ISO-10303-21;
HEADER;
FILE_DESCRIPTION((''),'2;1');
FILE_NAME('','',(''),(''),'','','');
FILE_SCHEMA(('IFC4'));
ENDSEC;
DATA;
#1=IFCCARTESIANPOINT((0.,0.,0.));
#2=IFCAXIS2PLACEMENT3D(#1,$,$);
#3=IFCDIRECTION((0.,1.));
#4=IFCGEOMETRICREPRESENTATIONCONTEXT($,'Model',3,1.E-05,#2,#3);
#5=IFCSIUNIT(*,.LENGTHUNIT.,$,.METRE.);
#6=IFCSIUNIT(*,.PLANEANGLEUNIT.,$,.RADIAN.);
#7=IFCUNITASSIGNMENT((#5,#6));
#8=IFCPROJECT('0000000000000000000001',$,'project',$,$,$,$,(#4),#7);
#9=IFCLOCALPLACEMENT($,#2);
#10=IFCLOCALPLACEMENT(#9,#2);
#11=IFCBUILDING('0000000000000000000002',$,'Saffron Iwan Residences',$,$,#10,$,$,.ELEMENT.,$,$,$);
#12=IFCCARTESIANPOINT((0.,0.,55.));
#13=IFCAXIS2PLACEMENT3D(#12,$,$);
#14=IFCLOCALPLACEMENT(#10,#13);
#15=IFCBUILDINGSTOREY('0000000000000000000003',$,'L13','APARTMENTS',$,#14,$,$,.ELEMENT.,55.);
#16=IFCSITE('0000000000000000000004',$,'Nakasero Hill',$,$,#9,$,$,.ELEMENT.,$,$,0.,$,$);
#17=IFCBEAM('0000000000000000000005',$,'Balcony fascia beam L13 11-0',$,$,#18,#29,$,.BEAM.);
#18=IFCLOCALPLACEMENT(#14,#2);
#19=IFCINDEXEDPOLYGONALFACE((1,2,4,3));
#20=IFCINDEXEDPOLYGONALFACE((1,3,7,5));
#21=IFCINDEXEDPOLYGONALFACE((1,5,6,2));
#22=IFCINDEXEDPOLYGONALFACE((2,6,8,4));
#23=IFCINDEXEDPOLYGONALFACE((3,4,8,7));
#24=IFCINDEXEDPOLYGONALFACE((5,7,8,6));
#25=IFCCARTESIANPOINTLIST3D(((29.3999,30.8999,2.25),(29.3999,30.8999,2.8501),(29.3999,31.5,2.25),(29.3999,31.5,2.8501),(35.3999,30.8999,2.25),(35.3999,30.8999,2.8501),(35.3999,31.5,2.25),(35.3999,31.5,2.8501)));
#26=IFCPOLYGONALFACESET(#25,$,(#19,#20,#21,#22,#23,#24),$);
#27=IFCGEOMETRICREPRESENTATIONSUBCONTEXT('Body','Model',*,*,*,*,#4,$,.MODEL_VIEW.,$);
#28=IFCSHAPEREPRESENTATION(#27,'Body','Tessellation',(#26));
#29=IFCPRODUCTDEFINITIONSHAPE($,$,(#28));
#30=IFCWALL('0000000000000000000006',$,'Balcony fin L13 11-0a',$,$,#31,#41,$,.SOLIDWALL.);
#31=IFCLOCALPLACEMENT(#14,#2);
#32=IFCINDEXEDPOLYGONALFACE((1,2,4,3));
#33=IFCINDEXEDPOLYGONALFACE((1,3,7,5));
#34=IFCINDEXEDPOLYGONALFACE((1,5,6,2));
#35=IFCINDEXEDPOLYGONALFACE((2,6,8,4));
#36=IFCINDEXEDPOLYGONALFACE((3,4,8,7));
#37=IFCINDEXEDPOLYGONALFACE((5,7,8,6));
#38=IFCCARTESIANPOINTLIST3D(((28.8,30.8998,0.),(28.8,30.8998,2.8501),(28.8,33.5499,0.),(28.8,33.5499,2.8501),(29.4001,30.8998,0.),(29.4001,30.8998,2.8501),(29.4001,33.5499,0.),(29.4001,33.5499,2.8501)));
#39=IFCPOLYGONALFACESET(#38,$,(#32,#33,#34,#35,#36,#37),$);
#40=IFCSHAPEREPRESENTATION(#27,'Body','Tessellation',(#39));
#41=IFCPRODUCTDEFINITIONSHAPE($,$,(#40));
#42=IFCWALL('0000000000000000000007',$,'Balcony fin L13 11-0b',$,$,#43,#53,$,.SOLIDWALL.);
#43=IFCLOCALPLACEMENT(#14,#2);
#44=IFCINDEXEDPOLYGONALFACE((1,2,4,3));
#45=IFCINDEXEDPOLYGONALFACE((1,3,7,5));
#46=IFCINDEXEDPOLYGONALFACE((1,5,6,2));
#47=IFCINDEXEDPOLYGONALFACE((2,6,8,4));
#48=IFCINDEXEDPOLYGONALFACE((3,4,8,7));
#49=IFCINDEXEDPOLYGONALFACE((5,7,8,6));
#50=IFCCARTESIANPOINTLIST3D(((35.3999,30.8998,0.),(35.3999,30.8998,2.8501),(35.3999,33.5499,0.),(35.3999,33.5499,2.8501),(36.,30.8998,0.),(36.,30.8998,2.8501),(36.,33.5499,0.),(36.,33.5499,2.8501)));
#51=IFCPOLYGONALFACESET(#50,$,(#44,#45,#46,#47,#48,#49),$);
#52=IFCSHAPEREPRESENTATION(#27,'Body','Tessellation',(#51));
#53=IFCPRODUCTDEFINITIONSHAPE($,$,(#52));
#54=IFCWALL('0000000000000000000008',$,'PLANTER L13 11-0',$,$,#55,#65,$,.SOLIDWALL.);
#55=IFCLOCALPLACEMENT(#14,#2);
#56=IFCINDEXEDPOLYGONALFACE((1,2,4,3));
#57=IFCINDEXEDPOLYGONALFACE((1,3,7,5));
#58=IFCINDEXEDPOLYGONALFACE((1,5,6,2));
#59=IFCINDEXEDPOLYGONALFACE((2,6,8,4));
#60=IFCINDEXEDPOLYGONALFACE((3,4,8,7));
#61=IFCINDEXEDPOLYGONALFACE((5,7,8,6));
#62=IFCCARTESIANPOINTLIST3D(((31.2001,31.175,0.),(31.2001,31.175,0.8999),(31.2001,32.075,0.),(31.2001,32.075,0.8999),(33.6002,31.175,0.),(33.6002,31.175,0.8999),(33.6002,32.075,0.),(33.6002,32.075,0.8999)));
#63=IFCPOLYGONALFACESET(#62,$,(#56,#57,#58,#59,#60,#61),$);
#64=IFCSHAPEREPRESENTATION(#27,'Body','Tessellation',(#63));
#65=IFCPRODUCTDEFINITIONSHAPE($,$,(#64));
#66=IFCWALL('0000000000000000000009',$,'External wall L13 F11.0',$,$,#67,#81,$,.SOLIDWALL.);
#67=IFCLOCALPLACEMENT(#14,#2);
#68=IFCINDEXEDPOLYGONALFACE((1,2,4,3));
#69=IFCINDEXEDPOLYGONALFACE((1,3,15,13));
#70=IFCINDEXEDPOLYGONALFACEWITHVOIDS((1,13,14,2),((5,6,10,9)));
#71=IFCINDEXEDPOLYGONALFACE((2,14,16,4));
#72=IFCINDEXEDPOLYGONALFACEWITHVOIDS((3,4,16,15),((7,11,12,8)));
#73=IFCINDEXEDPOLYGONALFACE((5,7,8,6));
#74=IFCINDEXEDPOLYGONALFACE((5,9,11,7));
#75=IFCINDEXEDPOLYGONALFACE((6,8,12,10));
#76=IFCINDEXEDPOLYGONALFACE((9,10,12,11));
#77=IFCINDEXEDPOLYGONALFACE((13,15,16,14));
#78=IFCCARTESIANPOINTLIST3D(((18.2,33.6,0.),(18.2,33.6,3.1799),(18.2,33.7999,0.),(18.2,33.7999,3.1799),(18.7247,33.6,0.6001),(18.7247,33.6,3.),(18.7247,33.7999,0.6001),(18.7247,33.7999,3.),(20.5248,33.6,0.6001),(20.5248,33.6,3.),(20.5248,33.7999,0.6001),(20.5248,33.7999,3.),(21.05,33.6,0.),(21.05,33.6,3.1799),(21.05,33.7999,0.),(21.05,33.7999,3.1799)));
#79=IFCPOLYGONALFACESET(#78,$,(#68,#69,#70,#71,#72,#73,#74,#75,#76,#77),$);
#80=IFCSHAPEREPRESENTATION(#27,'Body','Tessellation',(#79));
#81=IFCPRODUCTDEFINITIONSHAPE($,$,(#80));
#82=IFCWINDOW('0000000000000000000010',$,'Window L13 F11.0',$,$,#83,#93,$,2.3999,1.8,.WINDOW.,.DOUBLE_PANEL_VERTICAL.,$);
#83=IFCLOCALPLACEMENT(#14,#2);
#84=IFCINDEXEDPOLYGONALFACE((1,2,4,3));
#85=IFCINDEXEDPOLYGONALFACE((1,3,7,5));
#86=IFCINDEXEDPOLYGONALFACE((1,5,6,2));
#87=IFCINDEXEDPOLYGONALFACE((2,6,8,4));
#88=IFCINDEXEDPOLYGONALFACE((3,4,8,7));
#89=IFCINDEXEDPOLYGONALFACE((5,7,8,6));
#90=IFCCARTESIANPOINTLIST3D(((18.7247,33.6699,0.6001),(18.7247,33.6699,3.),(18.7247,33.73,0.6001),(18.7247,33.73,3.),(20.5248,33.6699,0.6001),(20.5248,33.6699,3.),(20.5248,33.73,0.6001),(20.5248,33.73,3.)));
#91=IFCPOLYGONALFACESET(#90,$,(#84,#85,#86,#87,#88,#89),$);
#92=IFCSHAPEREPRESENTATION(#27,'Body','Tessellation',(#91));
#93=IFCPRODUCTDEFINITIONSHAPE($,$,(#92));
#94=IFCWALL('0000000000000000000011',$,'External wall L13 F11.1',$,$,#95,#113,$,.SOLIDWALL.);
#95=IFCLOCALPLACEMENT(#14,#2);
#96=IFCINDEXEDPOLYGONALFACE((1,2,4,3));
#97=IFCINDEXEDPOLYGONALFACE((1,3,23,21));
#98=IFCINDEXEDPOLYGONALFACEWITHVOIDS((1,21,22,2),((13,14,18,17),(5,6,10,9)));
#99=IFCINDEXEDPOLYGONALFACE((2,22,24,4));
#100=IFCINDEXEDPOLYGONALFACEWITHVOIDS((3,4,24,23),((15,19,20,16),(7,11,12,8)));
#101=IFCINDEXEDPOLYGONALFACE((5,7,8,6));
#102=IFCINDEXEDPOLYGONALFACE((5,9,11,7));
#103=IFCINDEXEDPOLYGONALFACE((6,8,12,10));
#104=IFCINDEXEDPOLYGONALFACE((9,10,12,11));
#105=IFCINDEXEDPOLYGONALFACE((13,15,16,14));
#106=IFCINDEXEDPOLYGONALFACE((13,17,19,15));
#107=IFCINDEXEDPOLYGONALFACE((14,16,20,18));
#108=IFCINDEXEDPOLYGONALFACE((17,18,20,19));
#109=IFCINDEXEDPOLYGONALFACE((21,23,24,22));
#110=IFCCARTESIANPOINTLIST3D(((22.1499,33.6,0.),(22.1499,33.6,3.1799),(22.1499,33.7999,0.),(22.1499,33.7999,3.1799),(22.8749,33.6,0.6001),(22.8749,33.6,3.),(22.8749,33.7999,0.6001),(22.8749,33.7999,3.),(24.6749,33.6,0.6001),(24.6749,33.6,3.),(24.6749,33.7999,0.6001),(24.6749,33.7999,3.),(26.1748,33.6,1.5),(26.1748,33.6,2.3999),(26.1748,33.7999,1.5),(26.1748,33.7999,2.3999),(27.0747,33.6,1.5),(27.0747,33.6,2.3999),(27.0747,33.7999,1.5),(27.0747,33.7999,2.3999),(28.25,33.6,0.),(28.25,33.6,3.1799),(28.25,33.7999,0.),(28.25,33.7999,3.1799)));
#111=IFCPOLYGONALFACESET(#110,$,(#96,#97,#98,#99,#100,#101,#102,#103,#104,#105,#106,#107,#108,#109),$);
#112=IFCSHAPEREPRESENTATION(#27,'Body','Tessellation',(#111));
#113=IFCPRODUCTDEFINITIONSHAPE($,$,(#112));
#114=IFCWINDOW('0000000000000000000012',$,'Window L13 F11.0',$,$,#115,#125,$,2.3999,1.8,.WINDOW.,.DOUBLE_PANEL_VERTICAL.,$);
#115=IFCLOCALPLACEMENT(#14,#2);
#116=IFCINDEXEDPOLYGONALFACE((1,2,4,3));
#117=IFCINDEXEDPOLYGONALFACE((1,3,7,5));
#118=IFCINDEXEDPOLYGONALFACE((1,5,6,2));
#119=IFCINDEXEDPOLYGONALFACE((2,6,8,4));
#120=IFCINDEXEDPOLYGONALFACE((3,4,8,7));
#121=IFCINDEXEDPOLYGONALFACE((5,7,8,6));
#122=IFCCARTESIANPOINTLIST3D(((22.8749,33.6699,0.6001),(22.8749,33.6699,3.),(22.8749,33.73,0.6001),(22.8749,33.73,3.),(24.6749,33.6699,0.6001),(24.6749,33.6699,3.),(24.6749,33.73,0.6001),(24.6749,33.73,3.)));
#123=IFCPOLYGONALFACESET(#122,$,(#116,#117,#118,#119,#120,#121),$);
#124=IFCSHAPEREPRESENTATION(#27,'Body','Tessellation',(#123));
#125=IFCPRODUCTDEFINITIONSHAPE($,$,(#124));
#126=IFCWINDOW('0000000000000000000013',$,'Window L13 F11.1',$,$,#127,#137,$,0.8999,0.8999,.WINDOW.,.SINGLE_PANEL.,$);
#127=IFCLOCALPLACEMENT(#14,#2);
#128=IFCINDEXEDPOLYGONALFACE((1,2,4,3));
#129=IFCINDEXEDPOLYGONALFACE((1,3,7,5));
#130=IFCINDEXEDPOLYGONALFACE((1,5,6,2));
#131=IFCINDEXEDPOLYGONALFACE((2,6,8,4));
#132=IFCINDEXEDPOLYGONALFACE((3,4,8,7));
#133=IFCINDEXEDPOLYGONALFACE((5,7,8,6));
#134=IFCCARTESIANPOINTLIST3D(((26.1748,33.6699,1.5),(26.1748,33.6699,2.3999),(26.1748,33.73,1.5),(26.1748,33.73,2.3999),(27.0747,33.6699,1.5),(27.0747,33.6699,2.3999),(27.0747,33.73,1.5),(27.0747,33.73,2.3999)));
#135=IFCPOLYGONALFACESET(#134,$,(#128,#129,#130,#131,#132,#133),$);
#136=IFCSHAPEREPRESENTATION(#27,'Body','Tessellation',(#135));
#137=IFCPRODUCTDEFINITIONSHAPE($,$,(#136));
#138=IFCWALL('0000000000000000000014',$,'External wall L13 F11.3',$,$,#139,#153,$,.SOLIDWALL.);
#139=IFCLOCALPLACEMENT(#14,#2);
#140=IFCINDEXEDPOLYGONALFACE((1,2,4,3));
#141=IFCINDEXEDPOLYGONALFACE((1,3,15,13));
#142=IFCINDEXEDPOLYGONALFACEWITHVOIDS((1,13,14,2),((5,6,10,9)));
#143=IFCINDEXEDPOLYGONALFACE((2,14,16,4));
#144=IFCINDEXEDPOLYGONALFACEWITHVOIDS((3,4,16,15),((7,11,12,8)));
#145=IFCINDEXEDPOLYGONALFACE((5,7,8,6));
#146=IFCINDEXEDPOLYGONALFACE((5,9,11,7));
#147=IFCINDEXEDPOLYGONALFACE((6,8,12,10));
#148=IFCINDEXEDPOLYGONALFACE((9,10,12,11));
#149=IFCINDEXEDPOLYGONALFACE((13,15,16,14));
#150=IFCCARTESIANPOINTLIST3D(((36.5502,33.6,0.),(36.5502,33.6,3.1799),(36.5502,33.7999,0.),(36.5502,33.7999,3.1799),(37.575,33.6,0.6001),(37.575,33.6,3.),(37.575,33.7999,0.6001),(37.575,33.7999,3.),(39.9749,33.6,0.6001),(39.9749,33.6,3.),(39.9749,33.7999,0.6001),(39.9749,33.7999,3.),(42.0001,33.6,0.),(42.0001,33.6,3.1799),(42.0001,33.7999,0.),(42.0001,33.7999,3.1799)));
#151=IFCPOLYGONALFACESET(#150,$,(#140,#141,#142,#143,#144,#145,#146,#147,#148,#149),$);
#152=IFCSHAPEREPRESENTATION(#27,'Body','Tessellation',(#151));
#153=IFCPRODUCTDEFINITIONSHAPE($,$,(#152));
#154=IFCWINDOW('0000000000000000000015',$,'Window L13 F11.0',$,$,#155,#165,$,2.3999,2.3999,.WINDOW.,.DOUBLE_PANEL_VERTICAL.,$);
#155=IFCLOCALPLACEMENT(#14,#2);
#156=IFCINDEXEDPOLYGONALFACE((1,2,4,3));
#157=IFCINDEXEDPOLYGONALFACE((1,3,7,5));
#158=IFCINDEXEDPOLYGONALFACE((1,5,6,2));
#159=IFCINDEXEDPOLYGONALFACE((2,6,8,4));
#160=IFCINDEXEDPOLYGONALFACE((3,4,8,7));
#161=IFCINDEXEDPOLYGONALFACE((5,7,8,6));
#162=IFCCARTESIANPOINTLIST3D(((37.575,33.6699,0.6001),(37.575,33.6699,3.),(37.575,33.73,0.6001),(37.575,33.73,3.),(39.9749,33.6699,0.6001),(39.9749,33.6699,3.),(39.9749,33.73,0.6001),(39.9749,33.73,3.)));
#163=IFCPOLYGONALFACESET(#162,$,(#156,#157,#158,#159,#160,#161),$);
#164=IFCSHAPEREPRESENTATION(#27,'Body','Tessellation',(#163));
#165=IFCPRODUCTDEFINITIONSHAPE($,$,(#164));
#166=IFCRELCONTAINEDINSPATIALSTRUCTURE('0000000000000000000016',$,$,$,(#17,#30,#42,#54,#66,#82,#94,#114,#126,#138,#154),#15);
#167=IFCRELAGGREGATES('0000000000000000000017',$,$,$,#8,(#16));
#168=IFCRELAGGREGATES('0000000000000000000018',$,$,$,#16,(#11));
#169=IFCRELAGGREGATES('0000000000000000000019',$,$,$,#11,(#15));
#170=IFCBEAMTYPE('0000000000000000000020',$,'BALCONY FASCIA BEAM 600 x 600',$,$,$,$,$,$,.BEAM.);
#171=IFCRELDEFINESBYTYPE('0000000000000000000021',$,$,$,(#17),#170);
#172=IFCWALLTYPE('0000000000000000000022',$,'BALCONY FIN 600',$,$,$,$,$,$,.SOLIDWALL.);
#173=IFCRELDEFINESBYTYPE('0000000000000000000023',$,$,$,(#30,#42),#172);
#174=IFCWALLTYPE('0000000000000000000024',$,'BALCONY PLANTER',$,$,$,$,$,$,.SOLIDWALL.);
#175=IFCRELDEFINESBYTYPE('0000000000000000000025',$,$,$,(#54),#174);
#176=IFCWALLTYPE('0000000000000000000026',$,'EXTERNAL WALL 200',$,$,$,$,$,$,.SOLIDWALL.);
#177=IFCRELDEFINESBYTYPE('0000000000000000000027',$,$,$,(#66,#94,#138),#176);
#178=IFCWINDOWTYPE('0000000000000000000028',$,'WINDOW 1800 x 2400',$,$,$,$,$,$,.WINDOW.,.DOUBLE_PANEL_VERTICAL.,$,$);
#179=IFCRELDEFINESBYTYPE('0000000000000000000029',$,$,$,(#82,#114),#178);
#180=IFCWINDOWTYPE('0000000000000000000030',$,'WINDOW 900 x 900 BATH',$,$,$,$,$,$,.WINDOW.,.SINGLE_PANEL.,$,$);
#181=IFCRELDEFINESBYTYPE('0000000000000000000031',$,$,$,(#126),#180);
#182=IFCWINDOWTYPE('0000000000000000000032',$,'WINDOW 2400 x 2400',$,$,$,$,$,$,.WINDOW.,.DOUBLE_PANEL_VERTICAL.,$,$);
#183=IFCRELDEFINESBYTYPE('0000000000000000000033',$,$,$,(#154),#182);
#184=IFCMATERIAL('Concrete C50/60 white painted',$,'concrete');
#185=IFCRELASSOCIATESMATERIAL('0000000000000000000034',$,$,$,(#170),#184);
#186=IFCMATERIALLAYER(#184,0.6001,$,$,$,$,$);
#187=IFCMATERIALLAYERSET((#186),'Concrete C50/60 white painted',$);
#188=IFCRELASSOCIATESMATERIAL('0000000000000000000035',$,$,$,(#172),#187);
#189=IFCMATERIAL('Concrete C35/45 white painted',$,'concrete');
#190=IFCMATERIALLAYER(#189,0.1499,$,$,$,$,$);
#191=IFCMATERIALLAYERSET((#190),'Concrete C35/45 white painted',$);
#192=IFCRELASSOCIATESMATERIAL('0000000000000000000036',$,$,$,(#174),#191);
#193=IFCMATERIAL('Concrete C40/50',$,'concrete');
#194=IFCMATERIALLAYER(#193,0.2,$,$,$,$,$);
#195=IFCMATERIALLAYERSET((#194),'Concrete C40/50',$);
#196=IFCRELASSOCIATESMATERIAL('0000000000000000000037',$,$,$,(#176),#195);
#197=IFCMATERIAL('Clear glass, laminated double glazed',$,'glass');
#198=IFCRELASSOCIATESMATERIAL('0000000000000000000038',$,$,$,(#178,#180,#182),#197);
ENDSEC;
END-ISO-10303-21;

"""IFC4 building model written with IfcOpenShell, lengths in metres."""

from ifc_helpers import new_model, si_unit, direction, frame, frame_2d, origin, origin_2d, place, context, subcontext, project, spatial, rectangle, extrude, source, transform, mapped, material, layer, layer_set, material_profile, profile_set, type_object, element, fill, save


model = new_model("IFC4")

# Units and contexts
model_context = context("Model", 3, precision=1e-05, world=origin(), true_north=direction((0.0, 1.0)))
body_context = subcontext(model_context, "Body", "Model", "MODEL_VIEW")
ifc_project = project(units=[si_unit("LENGTHUNIT", "METRE"), si_unit("PLANEANGLEUNIT", "RADIAN")], contexts=[model_context])

# Site, building, storey
site_placement = place(None, origin())
site = spatial("IfcSite", under=ifc_project, at=site_placement, Name="Nakasero Hill", CompositionType="ELEMENT", RefElevation=0.0)
building_placement = place(site_placement, origin())
building = spatial("IfcBuilding", under=site, at=building_placement, Name="Saffron Iwan Residences", CompositionType="ELEMENT")
storey_placement = place(building_placement, frame((0.0, 0.0, 55.0)))
storey = spatial("IfcBuildingStorey", under=building, at=storey_placement, Name="L13", Description="APARTMENTS", CompositionType="ELEMENT", Elevation=55.0)

# Beam
ifc_material_1 = material(Name="Concrete C50/60 white painted", Category="concrete")
ifc_material_profile = material_profile(ifc_material_1, rectangle(XDim=0.6001, YDim=0.6001, at=origin_2d()), Name="BALCONY FASCIA BEAM 600 x 600")
ifc_profile_set = profile_set([ifc_material_profile], Name="Concrete C50/60 white painted")
beam_type = type_object("IfcBeamType", Name="BALCONY FASCIA BEAM 600 x 600", PredefinedType="BEAM", material=ifc_profile_set)
shared_shape = source(origin(), body_context, "Body", "SweptSolid", [
    extrude(rectangle(XDim=0.6001, YDim=0.6001, at=origin_2d()), origin(), (0.0, 0.0, 1.0), 6.0),
])
beam_placement = place(storey_placement, frame((29.3999, 31.2, 2.55), z_axis=(1.0, 0.0, 0.0), x_axis=(0.0, 1.0, 0.0)))
element("IfcBeam", 1, at=beam_placement, inside=storey, type_object=beam_type, Name="Balcony fascia beam L13 11-0", PredefinedType="BEAM", context=body_context, shape_type="MappedRepresentation", body=[
    mapped(shared_shape, transform((0.0, 0.0, 0.0))),
])

# Walls
ifc_layer_1 = layer(ifc_material_1, 0.6001)
ifc_layer_set_1 = layer_set([ifc_layer_1], Name="Concrete C50/60 white painted")
wall_type_1 = type_object("IfcWallType", Name="BALCONY FIN 600", PredefinedType="SOLIDWALL", material=ifc_layer_set_1)
for number, where, z_axis, x_axis, name in (
    (2, (29.1001, 33.55, 0.0), (0.0, 0.0, 1.0), (0.0, -1.0, 0.0), "Balcony fin L13 11-0a"),
    (3, (35.7, 33.55, 0.0), (0.0, 0.0, 1.0), (0.0, -1.0, 0.0), "Balcony fin L13 11-0b"),
):
    element("IfcWall", number, at=place(storey_placement, frame(where, z_axis=z_axis, x_axis=x_axis)), inside=storey, type_object=wall_type_1, Name=name, PredefinedType="SOLIDWALL", context=body_context, shape_type="SweptSolid", body=[
        extrude(rectangle(XDim=2.6501, YDim=0.6001, at=frame_2d((1.3252, 0.0))), origin(), (0.0, 0.0, 1.0), 2.8501),
    ])
ifc_material_2 = material(Name="Concrete C35/45 white painted", Category="concrete")
ifc_layer_2 = layer(ifc_material_2, 0.1499)
ifc_layer_set_2 = layer_set([ifc_layer_2], Name="Concrete C35/45 white painted")
wall_type_2 = type_object("IfcWallType", Name="BALCONY PLANTER", PredefinedType="SOLIDWALL", material=ifc_layer_set_2)
wall_1_placement = place(storey_placement, frame((31.2, 31.625, 0.0), z_axis=(0.0, 0.0, 1.0), x_axis=(1.0, 0.0, 0.0)))
element("IfcWall", 4, at=wall_1_placement, inside=storey, type_object=wall_type_2, Name="PLANTER L13 11-0", PredefinedType="SOLIDWALL", context=body_context, shape_type="SweptSolid", body=[
    extrude(rectangle(XDim=2.4001, YDim=0.8999, at=frame_2d((1.2002, 0.0))), origin(), (0.0, 0.0, 1.0), 0.8999),
])

# Wall, opening, window
ifc_material_3 = material(Name="Concrete C40/50", Category="concrete")
ifc_layer_3 = layer(ifc_material_3, 0.2)
ifc_layer_set_3 = layer_set([ifc_layer_3], Name="Concrete C40/50")
wall_type_3 = type_object("IfcWallType", Name="EXTERNAL WALL 200", PredefinedType="SOLIDWALL", material=ifc_layer_set_3)
wall_2_placement = place(storey_placement, frame((18.2, 33.7, 0.0), z_axis=(0.0, 0.0, 1.0), x_axis=(1.0, 0.0, 0.0)))
wall_2 = element("IfcWall", 5, at=wall_2_placement, inside=storey, type_object=wall_type_3, Name="External wall L13 F11.0", PredefinedType="SOLIDWALL", context=body_context, shape_type="SweptSolid", body=[
    extrude(rectangle(XDim=2.8501, YDim=0.2, at=frame_2d((1.425, 0.0))), origin(), (0.0, 0.0, 1.0), 3.1799),
])
opening_1_placement = place(wall_2_placement, frame((0.5249, 0.0, 0.6001)))
opening_1 = element("IfcOpeningElement", 6, at=opening_1_placement, cuts=wall_2, PredefinedType="OPENING", context=body_context, shape_type="SweptSolid", body=[
    extrude(rectangle(XDim=1.8, YDim=2.3999, at=frame_2d((0.8999, 1.2))), frame((0.0, 0.1099, 0.0), z_axis=(0.0, -1.0, 0.0), x_axis=(1.0, 0.0, 0.0)), (0.0, 0.0, 1.0), 0.22),
])
ifc_material_4 = material(Name="Clear glass, laminated double glazed", Category="glass")
window_type_1 = type_object("IfcWindowType", Name="WINDOW 1800 x 2400", PartitioningType="DOUBLE_PANEL_VERTICAL", PredefinedType="WINDOW", material=ifc_material_4)
window_1_placement = place(opening_1_placement, origin())
window_1 = element("IfcWindow", 7, at=window_1_placement, inside=storey, type_object=window_type_1, Name="Window L13 F11.0", OverallHeight=2.3999, OverallWidth=1.8, PartitioningType="DOUBLE_PANEL_VERTICAL", PredefinedType="WINDOW", context=body_context, shape_type="SweptSolid", body=[
    extrude(rectangle(XDim=1.8, YDim=2.3999, at=frame_2d((0.8999, 1.2))), frame((0.0, 0.03, 0.0), z_axis=(0.0, -1.0, 0.0), x_axis=(1.0, 0.0, 0.0)), (0.0, 0.0, 1.0), 0.0601),
])
fill(opening_1, window_1)

# Wall, openings, windows
wall_3_placement = place(storey_placement, frame((22.1499, 33.7, 0.0), z_axis=(0.0, 0.0, 1.0), x_axis=(1.0, 0.0, 0.0)))
wall_3 = element("IfcWall", 8, at=wall_3_placement, inside=storey, type_object=wall_type_3, Name="External wall L13 F11.1", PredefinedType="SOLIDWALL", context=body_context, shape_type="SweptSolid", body=[
    extrude(rectangle(XDim=6.1001, YDim=0.2, at=frame_2d((3.05, 0.0))), origin(), (0.0, 0.0, 1.0), 3.1799),
])
opening_2_placement = place(wall_3_placement, frame((0.7251, 0.0, 0.6001)))
opening_2 = element("IfcOpeningElement", 9, at=opening_2_placement, cuts=wall_3, PredefinedType="OPENING", context=body_context, shape_type="SweptSolid", body=[
    extrude(rectangle(XDim=1.8, YDim=2.3999, at=frame_2d((0.8999, 1.2))), frame((0.0, 0.1099, 0.0), z_axis=(0.0, -1.0, 0.0), x_axis=(1.0, 0.0, 0.0)), (0.0, 0.0, 1.0), 0.22),
])
opening_3_placement = place(wall_3_placement, frame((4.0249, 0.0, 1.5)))
opening_3 = element("IfcOpeningElement", 10, at=opening_3_placement, cuts=wall_3, PredefinedType="OPENING", context=body_context, shape_type="SweptSolid", body=[
    extrude(rectangle(XDim=0.8999, YDim=0.8999, at=frame_2d((0.45, 0.45))), frame((0.0, 0.1099, 0.0), z_axis=(0.0, -1.0, 0.0), x_axis=(1.0, 0.0, 0.0)), (0.0, 0.0, 1.0), 0.22),
])
window_2_placement = place(opening_2_placement, origin())
window_2 = element("IfcWindow", 11, at=window_2_placement, inside=storey, type_object=window_type_1, Name="Window L13 F11.0", OverallHeight=2.3999, OverallWidth=1.8, PartitioningType="DOUBLE_PANEL_VERTICAL", PredefinedType="WINDOW", context=body_context, shape_type="SweptSolid", body=[
    extrude(rectangle(XDim=1.8, YDim=2.3999, at=frame_2d((0.8999, 1.2))), frame((0.0, 0.03, 0.0), z_axis=(0.0, -1.0, 0.0), x_axis=(1.0, 0.0, 0.0)), (0.0, 0.0, 1.0), 0.0601),
])
fill(opening_2, window_2)
window_type_2 = type_object("IfcWindowType", Name="WINDOW 900 x 900 BATH", PartitioningType="SINGLE_PANEL", PredefinedType="WINDOW", material=ifc_material_4)
window_3_placement = place(opening_3_placement, origin())
window_3 = element("IfcWindow", 12, at=window_3_placement, inside=storey, type_object=window_type_2, Name="Window L13 F11.1", OverallHeight=0.8999, OverallWidth=0.8999, PartitioningType="SINGLE_PANEL", PredefinedType="WINDOW", context=body_context, shape_type="SweptSolid", body=[
    extrude(rectangle(XDim=0.8999, YDim=0.8999, at=frame_2d((0.45, 0.45))), frame((0.0, 0.03, 0.0), z_axis=(0.0, -1.0, 0.0), x_axis=(1.0, 0.0, 0.0)), (0.0, 0.0, 1.0), 0.0601),
])
fill(opening_3, window_3)

# Wall, opening, window
wall_4_placement = place(storey_placement, frame((36.55, 33.7, 0.0), z_axis=(0.0, 0.0, 1.0), x_axis=(1.0, 0.0, 0.0)))
wall_4 = element("IfcWall", 13, at=wall_4_placement, inside=storey, type_object=wall_type_3, Name="External wall L13 F11.3", PredefinedType="SOLIDWALL", context=body_context, shape_type="SweptSolid", body=[
    extrude(rectangle(XDim=5.45, YDim=0.2, at=frame_2d((2.7251, 0.0))), origin(), (0.0, 0.0, 1.0), 3.1799),
])
opening_4_placement = place(wall_4_placement, frame((1.0249, 0.0, 0.6001)))
opening_4 = element("IfcOpeningElement", 14, at=opening_4_placement, cuts=wall_4, PredefinedType="OPENING", context=body_context, shape_type="SweptSolid", body=[
    extrude(rectangle(XDim=2.3999, YDim=2.3999, at=frame_2d((1.2, 1.2))), frame((0.0, 0.1099, 0.0), z_axis=(0.0, -1.0, 0.0), x_axis=(1.0, 0.0, 0.0)), (0.0, 0.0, 1.0), 0.22),
])
window_type_3 = type_object("IfcWindowType", Name="WINDOW 2400 x 2400", PartitioningType="DOUBLE_PANEL_VERTICAL", PredefinedType="WINDOW", material=ifc_material_4)
window_4_placement = place(opening_4_placement, origin())
window_4 = element("IfcWindow", 15, at=window_4_placement, inside=storey, type_object=window_type_3, Name="Window L13 F11.0", OverallHeight=2.3999, OverallWidth=2.3999, PartitioningType="DOUBLE_PANEL_VERTICAL", PredefinedType="WINDOW", context=body_context, shape_type="SweptSolid", body=[
    extrude(rectangle(XDim=2.3999, YDim=2.3999, at=frame_2d((1.2, 1.2))), frame((0.0, 0.03, 0.0), z_axis=(0.0, -1.0, 0.0), x_axis=(1.0, 0.0, 0.0)), (0.0, 0.0, 1.0), 0.0601),
])
fill(opening_4, window_4)

save(model, "model.ifc")
